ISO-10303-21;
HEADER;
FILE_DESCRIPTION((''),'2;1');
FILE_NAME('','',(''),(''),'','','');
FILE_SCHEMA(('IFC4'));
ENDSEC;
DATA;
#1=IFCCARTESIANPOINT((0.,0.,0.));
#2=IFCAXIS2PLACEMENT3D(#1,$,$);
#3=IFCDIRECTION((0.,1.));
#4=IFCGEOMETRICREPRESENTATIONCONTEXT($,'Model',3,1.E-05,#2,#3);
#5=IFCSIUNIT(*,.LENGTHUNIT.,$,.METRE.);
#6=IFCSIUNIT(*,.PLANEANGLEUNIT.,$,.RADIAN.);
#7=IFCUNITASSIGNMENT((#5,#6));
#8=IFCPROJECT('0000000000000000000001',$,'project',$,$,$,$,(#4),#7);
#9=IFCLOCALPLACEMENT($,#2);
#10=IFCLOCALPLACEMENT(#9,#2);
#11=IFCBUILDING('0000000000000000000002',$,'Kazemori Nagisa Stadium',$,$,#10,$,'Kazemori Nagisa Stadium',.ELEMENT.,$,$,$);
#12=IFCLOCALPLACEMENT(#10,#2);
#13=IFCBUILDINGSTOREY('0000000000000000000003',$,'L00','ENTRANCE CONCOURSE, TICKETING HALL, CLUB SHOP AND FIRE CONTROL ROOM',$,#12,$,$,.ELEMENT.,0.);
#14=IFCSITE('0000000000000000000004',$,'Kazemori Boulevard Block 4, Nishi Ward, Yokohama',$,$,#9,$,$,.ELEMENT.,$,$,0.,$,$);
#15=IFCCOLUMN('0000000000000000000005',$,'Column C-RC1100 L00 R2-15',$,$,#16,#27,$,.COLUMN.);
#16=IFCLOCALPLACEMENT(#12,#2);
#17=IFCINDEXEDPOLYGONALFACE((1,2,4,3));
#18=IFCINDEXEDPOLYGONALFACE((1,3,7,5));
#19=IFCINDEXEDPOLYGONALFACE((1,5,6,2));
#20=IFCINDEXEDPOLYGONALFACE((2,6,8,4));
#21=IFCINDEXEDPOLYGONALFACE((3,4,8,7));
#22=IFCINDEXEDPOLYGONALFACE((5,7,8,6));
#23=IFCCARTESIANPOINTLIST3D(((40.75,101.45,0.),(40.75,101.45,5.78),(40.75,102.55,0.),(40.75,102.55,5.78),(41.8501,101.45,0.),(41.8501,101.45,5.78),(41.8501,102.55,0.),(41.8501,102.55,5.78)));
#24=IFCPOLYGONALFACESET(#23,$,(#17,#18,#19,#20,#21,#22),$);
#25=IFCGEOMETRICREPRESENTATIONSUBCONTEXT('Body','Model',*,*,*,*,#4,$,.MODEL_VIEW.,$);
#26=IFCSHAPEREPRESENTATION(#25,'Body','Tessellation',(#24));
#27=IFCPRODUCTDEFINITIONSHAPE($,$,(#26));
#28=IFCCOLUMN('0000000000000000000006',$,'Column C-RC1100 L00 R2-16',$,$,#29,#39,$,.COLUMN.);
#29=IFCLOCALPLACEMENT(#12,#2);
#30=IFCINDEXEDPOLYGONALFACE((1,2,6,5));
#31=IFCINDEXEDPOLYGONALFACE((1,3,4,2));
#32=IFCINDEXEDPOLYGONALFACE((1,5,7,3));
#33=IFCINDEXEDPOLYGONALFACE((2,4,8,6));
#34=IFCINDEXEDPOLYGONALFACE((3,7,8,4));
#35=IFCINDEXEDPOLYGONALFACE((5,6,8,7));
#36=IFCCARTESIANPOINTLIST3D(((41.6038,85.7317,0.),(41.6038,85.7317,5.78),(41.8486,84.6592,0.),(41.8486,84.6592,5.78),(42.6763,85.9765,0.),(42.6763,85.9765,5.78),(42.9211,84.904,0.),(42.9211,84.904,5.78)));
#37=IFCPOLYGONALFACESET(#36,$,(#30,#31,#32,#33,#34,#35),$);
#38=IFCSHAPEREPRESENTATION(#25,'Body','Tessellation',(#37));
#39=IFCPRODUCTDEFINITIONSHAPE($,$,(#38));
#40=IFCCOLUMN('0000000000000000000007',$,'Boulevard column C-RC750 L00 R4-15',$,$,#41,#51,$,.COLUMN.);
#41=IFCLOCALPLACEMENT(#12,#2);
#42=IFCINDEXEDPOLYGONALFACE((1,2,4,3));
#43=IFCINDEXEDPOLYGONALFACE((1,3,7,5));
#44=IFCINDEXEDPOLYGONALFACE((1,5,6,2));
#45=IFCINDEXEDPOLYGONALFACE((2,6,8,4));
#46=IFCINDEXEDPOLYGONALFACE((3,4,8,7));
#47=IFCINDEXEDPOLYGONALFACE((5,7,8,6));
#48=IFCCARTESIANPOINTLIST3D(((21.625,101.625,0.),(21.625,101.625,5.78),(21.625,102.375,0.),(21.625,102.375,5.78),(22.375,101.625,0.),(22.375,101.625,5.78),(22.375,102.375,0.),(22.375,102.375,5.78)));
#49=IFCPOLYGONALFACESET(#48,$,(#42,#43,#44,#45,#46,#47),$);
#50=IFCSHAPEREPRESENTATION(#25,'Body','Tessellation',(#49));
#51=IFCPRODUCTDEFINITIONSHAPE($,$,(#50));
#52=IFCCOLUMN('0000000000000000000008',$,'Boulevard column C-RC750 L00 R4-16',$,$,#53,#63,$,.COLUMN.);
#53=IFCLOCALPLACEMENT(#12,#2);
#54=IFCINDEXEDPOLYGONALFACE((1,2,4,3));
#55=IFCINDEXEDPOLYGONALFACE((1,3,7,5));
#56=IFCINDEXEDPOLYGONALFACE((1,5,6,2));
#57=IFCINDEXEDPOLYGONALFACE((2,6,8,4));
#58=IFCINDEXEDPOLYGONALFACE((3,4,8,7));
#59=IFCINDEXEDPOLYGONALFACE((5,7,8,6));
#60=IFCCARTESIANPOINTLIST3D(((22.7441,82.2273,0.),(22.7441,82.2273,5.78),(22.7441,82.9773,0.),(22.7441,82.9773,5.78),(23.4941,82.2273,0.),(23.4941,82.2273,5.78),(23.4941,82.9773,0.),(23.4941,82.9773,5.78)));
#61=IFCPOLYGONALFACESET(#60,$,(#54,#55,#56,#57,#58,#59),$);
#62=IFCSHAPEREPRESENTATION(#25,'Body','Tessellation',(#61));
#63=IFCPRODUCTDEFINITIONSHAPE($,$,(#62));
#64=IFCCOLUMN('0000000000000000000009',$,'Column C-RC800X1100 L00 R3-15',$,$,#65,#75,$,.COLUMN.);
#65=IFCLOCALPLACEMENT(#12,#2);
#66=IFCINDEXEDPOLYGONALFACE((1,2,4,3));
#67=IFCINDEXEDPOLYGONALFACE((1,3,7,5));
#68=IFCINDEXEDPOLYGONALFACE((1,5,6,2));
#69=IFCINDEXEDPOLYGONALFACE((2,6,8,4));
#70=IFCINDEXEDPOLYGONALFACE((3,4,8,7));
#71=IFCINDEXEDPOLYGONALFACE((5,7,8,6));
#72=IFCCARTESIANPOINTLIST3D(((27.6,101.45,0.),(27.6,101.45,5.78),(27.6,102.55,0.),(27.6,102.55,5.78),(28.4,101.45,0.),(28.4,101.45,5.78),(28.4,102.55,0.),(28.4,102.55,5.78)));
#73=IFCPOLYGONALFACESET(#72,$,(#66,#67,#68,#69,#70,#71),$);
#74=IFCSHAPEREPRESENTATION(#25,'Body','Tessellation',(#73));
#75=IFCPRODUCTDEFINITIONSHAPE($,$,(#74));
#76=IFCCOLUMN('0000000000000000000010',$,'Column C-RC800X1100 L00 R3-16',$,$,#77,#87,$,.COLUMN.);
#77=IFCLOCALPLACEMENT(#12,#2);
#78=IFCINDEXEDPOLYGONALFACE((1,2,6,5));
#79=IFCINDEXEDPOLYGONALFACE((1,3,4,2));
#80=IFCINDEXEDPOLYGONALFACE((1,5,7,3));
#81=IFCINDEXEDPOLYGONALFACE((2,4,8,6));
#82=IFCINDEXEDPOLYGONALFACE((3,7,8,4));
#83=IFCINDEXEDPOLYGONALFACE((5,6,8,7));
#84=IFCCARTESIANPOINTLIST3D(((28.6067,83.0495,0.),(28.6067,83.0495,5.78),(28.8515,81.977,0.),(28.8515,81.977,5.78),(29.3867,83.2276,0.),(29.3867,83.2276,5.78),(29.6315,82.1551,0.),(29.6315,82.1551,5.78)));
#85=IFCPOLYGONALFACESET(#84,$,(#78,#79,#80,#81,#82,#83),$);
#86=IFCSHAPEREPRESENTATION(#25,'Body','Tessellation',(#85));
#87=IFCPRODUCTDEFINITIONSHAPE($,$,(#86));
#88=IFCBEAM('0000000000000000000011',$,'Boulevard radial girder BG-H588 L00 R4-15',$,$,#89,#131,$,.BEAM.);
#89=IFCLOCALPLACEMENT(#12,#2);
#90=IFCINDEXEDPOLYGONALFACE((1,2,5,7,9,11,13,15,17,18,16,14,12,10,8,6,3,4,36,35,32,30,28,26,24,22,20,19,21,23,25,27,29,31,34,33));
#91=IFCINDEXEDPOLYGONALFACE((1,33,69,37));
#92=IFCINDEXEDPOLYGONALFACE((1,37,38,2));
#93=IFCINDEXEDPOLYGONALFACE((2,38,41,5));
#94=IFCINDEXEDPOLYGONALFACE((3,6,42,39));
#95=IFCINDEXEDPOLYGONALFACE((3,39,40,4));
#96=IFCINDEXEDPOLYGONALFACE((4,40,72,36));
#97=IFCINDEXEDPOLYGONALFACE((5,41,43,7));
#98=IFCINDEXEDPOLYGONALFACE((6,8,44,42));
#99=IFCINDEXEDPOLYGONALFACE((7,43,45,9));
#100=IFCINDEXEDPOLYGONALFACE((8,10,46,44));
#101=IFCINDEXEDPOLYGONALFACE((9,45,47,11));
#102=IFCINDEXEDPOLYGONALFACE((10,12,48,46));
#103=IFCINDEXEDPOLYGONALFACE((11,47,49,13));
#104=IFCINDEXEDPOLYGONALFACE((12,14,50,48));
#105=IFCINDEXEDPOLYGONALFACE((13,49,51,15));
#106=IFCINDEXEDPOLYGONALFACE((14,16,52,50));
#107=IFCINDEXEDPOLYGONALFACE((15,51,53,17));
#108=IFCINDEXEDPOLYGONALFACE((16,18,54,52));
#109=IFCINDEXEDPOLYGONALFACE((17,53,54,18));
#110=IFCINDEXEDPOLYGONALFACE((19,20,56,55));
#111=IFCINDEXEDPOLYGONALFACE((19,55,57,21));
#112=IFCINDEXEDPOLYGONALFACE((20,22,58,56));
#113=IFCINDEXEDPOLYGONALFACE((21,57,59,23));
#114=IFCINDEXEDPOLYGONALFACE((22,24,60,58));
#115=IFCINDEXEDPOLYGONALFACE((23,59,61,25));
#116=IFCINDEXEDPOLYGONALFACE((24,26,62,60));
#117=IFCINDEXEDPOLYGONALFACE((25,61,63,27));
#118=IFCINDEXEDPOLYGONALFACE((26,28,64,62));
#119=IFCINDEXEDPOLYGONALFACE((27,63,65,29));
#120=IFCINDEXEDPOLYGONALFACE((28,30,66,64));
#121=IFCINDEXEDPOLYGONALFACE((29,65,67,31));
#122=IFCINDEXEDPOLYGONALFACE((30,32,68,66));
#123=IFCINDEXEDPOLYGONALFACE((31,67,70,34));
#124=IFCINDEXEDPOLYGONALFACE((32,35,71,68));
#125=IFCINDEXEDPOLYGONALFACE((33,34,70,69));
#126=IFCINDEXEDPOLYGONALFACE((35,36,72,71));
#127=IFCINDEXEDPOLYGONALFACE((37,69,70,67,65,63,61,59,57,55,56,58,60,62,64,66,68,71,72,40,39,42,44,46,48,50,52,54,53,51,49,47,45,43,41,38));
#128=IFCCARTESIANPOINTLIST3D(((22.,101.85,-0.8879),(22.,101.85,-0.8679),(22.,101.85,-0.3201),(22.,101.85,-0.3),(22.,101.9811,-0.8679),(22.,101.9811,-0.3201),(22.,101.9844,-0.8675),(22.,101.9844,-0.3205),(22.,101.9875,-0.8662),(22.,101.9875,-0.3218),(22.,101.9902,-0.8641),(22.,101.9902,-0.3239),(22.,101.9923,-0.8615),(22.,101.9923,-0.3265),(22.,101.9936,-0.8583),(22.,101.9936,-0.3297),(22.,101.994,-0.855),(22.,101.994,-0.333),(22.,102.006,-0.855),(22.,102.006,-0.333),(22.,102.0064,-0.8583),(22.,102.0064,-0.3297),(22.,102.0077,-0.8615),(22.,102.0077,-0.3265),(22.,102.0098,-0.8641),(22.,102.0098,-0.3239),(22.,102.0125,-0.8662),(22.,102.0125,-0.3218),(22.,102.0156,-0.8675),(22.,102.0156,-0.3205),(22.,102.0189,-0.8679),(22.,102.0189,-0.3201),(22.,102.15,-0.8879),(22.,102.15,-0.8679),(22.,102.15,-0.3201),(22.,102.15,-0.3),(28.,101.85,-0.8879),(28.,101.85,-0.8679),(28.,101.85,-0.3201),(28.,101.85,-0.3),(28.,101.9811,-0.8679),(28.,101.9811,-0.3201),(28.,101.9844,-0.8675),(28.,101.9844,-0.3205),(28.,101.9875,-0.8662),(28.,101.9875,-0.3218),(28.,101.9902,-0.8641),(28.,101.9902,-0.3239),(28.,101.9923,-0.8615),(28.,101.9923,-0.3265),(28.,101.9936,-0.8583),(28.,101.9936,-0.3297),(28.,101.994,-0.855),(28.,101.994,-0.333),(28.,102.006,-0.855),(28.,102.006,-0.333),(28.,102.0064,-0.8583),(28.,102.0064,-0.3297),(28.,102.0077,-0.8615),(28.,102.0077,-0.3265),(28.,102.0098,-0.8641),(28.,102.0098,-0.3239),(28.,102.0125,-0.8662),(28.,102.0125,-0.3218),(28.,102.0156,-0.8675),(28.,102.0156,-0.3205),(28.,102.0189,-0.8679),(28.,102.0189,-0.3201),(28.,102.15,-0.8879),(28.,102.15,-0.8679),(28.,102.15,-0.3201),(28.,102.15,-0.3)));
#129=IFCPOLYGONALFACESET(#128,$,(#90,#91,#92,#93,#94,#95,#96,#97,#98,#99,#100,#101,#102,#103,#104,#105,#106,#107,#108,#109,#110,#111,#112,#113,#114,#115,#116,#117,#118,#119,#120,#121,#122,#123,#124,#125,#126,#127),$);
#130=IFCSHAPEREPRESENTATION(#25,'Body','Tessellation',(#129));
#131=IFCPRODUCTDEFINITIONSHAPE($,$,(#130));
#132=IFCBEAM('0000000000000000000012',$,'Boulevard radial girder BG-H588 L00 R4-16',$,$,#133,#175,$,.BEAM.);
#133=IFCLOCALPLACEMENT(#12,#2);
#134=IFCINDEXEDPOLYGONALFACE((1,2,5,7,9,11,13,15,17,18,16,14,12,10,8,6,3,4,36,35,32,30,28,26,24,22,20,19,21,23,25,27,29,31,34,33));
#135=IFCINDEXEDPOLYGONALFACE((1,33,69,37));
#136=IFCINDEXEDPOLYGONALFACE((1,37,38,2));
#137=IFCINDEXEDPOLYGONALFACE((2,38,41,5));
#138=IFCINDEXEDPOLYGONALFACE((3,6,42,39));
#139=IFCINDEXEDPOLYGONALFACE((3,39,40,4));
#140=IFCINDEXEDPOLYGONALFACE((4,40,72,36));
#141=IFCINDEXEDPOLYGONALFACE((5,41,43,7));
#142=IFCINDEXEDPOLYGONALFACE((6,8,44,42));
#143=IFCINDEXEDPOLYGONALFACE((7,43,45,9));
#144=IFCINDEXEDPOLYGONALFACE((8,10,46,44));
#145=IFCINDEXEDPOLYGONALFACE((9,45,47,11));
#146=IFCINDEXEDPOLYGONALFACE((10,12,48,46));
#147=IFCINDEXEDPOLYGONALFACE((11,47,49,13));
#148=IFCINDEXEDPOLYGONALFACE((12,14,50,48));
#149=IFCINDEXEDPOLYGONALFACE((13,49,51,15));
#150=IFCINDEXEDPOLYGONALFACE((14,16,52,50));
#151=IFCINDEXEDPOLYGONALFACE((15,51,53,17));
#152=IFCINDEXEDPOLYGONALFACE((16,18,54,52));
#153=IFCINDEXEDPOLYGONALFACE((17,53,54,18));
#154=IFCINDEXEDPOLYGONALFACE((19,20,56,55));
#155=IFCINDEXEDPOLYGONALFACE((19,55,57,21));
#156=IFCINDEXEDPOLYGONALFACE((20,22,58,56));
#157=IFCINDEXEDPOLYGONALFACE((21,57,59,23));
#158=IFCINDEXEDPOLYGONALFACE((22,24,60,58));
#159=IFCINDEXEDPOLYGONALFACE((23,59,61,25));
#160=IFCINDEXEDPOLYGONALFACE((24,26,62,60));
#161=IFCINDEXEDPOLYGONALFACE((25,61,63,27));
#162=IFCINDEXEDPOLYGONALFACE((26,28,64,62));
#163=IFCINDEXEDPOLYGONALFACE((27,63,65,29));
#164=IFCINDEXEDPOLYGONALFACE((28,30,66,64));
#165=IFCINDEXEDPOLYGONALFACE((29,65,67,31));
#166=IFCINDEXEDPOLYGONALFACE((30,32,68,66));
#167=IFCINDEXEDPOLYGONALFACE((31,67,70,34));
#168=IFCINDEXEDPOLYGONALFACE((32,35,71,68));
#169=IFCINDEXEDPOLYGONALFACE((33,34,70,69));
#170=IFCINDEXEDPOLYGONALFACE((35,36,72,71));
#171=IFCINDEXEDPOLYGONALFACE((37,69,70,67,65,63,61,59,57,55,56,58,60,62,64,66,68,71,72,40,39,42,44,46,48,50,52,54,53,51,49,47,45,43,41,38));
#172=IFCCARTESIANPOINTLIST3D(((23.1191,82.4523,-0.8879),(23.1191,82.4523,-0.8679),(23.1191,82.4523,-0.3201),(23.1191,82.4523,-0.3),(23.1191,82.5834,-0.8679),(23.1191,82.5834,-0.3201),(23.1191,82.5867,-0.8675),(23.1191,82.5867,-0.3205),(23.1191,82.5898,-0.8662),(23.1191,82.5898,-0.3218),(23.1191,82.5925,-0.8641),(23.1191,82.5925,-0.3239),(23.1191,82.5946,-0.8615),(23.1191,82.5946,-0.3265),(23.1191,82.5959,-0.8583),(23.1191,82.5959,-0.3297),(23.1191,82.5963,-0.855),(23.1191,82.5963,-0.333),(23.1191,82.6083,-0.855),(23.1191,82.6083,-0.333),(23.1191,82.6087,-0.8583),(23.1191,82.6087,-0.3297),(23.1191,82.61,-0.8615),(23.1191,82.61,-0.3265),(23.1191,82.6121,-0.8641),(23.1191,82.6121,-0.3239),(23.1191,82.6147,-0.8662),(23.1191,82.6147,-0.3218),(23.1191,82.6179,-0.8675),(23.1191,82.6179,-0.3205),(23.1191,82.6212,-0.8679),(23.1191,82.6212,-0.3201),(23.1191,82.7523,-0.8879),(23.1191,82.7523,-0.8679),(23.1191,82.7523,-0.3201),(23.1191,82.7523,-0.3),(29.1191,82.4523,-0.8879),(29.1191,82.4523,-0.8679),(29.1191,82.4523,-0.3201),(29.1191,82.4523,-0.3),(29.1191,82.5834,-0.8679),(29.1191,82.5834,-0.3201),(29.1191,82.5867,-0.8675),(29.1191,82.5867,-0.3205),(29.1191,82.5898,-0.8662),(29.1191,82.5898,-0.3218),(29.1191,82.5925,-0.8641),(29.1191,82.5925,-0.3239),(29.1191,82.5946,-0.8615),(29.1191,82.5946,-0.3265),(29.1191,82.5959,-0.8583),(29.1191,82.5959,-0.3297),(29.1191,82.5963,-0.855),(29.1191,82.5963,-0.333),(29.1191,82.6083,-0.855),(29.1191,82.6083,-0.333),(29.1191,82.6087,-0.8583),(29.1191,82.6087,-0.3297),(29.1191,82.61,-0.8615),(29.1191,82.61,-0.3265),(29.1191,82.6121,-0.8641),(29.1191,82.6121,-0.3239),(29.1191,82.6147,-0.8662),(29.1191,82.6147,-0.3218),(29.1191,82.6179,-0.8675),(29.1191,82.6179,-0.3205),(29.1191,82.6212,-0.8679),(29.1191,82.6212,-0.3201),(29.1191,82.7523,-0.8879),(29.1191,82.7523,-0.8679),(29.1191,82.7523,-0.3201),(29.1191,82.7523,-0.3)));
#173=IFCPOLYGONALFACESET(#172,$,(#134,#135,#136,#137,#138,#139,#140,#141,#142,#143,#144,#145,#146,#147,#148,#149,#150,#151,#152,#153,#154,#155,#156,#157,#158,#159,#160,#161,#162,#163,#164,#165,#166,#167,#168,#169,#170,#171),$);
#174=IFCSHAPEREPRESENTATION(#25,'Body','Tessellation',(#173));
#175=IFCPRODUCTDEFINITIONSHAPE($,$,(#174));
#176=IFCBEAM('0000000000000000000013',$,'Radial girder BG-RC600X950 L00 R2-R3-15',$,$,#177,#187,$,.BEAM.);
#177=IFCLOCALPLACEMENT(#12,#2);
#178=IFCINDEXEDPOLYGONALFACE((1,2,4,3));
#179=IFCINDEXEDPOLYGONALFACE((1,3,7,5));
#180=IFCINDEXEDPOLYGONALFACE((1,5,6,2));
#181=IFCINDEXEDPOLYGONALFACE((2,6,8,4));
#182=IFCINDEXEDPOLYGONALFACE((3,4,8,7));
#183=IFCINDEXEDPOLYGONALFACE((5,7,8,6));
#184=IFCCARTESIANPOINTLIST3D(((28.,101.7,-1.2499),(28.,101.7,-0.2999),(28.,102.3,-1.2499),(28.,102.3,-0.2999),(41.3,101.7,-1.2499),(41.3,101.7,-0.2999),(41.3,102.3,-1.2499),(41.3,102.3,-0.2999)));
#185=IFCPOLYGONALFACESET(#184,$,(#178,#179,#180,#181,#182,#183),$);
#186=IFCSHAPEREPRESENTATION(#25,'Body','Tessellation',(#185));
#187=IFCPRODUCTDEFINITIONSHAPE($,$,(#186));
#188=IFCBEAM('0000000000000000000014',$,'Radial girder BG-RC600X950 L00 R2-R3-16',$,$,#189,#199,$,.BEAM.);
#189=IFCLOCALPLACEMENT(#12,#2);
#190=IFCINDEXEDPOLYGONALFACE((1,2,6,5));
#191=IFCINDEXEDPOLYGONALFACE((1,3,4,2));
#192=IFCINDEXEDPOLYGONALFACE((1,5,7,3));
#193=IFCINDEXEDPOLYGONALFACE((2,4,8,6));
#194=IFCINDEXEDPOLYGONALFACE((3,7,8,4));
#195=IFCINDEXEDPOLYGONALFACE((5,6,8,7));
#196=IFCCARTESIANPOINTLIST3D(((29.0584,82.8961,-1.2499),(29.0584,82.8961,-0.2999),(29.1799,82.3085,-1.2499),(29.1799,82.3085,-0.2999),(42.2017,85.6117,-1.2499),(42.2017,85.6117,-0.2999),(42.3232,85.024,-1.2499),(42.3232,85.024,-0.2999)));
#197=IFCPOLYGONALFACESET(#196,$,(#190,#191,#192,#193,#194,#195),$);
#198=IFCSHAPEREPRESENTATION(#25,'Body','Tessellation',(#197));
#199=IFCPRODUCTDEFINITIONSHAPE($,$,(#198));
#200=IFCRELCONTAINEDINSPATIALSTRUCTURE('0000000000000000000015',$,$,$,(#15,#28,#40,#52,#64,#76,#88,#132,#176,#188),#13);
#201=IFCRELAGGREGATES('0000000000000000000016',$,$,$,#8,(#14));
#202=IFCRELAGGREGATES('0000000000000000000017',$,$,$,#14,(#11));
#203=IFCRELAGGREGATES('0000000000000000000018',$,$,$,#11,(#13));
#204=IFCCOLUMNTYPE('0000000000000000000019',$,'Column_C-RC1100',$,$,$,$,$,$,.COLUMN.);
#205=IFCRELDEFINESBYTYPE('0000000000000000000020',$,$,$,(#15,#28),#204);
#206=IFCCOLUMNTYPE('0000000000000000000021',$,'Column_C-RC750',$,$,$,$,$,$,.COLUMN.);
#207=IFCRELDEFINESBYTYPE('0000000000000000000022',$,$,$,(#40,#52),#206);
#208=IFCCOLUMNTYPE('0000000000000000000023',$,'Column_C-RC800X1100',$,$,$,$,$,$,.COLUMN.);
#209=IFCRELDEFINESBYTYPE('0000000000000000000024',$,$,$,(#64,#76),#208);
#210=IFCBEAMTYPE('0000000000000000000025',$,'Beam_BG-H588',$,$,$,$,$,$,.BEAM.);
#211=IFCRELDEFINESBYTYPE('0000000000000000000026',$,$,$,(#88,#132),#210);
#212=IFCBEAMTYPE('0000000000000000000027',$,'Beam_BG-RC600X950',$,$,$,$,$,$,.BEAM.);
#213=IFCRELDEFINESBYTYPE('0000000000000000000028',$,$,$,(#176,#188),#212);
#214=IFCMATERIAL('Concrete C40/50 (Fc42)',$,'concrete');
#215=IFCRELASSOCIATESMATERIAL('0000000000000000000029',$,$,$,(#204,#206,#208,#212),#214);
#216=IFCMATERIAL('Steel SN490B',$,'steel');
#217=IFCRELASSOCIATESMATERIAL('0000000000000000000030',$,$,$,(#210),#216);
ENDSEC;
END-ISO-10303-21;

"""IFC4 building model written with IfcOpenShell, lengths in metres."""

from ifc_helpers import new_model, si_unit, direction, frame, origin, origin_2d, place, context, subcontext, project, spatial, rectangle, i_section, extrude, material, material_profile, profile_set, type_object, element, save


model = new_model("IFC4")

# Units and contexts
model_context = context("Model", 3, precision=1e-05, world=origin(), true_north=direction((0.0, 1.0)))
body_context = subcontext(model_context, "Body", "Model", "MODEL_VIEW")
ifc_project = project(units=[si_unit("LENGTHUNIT", "METRE"), si_unit("PLANEANGLEUNIT", "RADIAN")], contexts=[model_context])

# Site, building, storey
site_placement = place(None, origin())
site = spatial("IfcSite", under=ifc_project, at=site_placement, Name="Kazemori Boulevard Block 4, Nishi Ward, Yokohama", CompositionType="ELEMENT", RefElevation=0.0)
building_placement = place(site_placement, origin())
building = spatial("IfcBuilding", under=site, at=building_placement, Name="Kazemori Nagisa Stadium", LongName="Kazemori Nagisa Stadium", CompositionType="ELEMENT")
storey_placement = place(building_placement, origin())
storey = spatial("IfcBuildingStorey", under=building, at=storey_placement, Name="L00", Description="ENTRANCE CONCOURSE, TICKETING HALL, CLUB SHOP AND FIRE CONTROL ROOM", CompositionType="ELEMENT", Elevation=0.0)

# Columns
ifc_material_1 = material(Name="Concrete C40/50 (Fc42)", Category="concrete")
ifc_material_profile_1 = material_profile(ifc_material_1, rectangle(XDim=1.1001, YDim=1.1001, at=origin_2d()), Name="RC-COL-1100x1100")
ifc_profile_set_1 = profile_set([ifc_material_profile_1], Name="Concrete C40/50 (Fc42)")
column_type_1 = type_object("IfcColumnType", Name="Column_C-RC1100", PredefinedType="COLUMN", material=ifc_profile_set_1)
for number, where, z_axis, x_axis, name in (
    (1, (41.3, 102.0, 0.0), (0.0, 0.0, 1.0), (-1.0, 0.0, 0.0), "Column C-RC1100 L00 R2-15"),
    (2, (42.2625, 85.3179, 0.0), (0.0, 0.0, 1.0), (-0.974928, -0.222521, 0.0), "Column C-RC1100 L00 R2-16"),
):
    element("IfcColumn", number, at=place(storey_placement, frame(where, z_axis=z_axis, x_axis=x_axis)), inside=storey, type_object=column_type_1, Name=name, PredefinedType="COLUMN", context=body_context, shape_type="SweptSolid", body=[
        extrude(rectangle(XDim=1.1001, YDim=1.1001, at=origin_2d()), origin(), (0.0, 0.0, 1.0), 5.78),
    ])
ifc_material_profile_2 = material_profile(ifc_material_1, rectangle(XDim=0.75, YDim=0.75, at=origin_2d()), Name="RC-COL-750x750")
ifc_profile_set_2 = profile_set([ifc_material_profile_2], Name="Concrete C40/50 (Fc42)")
column_type_2 = type_object("IfcColumnType", Name="Column_C-RC750", PredefinedType="COLUMN", material=ifc_profile_set_2)
for number, where, z_axis, x_axis, name in (
    (3, (22.0, 102.0, 0.0), (0.0, 0.0, 1.0), (1.0, 0.0, 0.0), "Boulevard column C-RC750 L00 R4-15"),
    (4, (23.1191, 82.6023, 0.0), (0.0, 0.0, 1.0), (1.0, 0.0, 0.0), "Boulevard column C-RC750 L00 R4-16"),
):
    element("IfcColumn", number, at=place(storey_placement, frame(where, z_axis=z_axis, x_axis=x_axis)), inside=storey, type_object=column_type_2, Name=name, PredefinedType="COLUMN", context=body_context, shape_type="SweptSolid", body=[
        extrude(rectangle(XDim=0.75, YDim=0.75, at=origin_2d()), origin(), (0.0, 0.0, 1.0), 5.78),
    ])
ifc_material_profile_3 = material_profile(ifc_material_1, rectangle(XDim=0.8, YDim=1.1001, at=origin_2d()), Name="RC-COL-800x1100")
ifc_profile_set_3 = profile_set([ifc_material_profile_3], Name="Concrete C40/50 (Fc42)")
column_type_3 = type_object("IfcColumnType", Name="Column_C-RC800X1100", PredefinedType="COLUMN", material=ifc_profile_set_3)
for number, where, z_axis, x_axis, name in (
    (5, (28.0, 102.0, 0.0), (0.0, 0.0, 1.0), (-1.0, 0.0, 0.0), "Column C-RC800X1100 L00 R3-15"),
    (6, (29.1191, 82.6023, 0.0), (0.0, 0.0, 1.0), (-0.974928, -0.222521, 0.0), "Column C-RC800X1100 L00 R3-16"),
):
    element("IfcColumn", number, at=place(storey_placement, frame(where, z_axis=z_axis, x_axis=x_axis)), inside=storey, type_object=column_type_3, Name=name, PredefinedType="COLUMN", context=body_context, shape_type="SweptSolid", body=[
        extrude(rectangle(XDim=0.8, YDim=1.1001, at=origin_2d()), origin(), (0.0, 0.0, 1.0), 5.78),
    ])

# Beams
ifc_material_2 = material(Name="Steel SN490B", Category="steel")
ifc_material_profile_4 = material_profile(ifc_material_2, i_section(OverallWidth=0.3, OverallDepth=0.5879, WebThickness=0.012, FlangeThickness=0.02, FilletRadius=0.0129, at=origin_2d()), Name="H-588x300x12x20")
ifc_profile_set_4 = profile_set([ifc_material_profile_4], Name="Steel SN490B")
beam_type_1 = type_object("IfcBeamType", Name="Beam_BG-H588", PredefinedType="BEAM", material=ifc_profile_set_4)
for number, where, z_axis, x_axis, name in (
    (7, (28.0, 102.0, -0.594), (-1.0, 0.0, 0.0), (0.0, -1.0, 0.0), "Boulevard radial girder BG-H588 L00 R4-15"),
    (8, (29.1191, 82.6023, -0.594), (-1.0, 0.0, 0.0), (0.0, -1.0, 0.0), "Boulevard radial girder BG-H588 L00 R4-16"),
):
    element("IfcBeam", number, at=place(storey_placement, frame(where, z_axis=z_axis, x_axis=x_axis)), inside=storey, type_object=beam_type_1, Name=name, PredefinedType="BEAM", context=body_context, shape_type="SweptSolid", body=[
        extrude(i_section(OverallWidth=0.3, OverallDepth=0.5879, WebThickness=0.012, FlangeThickness=0.02, FilletRadius=0.0129, at=origin_2d()), origin(), (0.0, 0.0, 1.0), 6.0),
    ])
ifc_material_profile_5 = material_profile(ifc_material_1, rectangle(XDim=0.6001, YDim=0.95, at=origin_2d()), Name="RC-BM-600x950")
ifc_profile_set_5 = profile_set([ifc_material_profile_5], Name="Concrete C40/50 (Fc42)")
beam_type_2 = type_object("IfcBeamType", Name="Beam_BG-RC600X950", PredefinedType="BEAM", material=ifc_profile_set_5)
beam_1_placement = place(storey_placement, frame((41.3, 102.0, -0.7749), z_axis=(-1.0, 0.0, 0.0), x_axis=(0.0, -1.0, 0.0)))
element("IfcBeam", 9, at=beam_1_placement, inside=storey, type_object=beam_type_2, Name="Radial girder BG-RC600X950 L00 R2-R3-15", PredefinedType="BEAM", context=body_context, shape_type="SweptSolid", body=[
    extrude(rectangle(XDim=0.6001, YDim=0.95, at=origin_2d()), origin(), (0.0, 0.0, 1.0), 13.3),
])
beam_2_placement = place(storey_placement, frame((42.2625, 85.3179, -0.7749), z_axis=(-0.979316, -0.202339, 0.0), x_axis=(0.202339, -0.979316, 0.0)))
element("IfcBeam", 10, at=beam_2_placement, inside=storey, type_object=beam_type_2, Name="Radial girder BG-RC600X950 L00 R2-R3-16", PredefinedType="BEAM", context=body_context, shape_type="SweptSolid", body=[
    extrude(rectangle(XDim=0.6001, YDim=0.95, at=origin_2d()), origin(), (0.0, 0.0, 1.0), 13.4209),
])

save(model, "model.ifc")
